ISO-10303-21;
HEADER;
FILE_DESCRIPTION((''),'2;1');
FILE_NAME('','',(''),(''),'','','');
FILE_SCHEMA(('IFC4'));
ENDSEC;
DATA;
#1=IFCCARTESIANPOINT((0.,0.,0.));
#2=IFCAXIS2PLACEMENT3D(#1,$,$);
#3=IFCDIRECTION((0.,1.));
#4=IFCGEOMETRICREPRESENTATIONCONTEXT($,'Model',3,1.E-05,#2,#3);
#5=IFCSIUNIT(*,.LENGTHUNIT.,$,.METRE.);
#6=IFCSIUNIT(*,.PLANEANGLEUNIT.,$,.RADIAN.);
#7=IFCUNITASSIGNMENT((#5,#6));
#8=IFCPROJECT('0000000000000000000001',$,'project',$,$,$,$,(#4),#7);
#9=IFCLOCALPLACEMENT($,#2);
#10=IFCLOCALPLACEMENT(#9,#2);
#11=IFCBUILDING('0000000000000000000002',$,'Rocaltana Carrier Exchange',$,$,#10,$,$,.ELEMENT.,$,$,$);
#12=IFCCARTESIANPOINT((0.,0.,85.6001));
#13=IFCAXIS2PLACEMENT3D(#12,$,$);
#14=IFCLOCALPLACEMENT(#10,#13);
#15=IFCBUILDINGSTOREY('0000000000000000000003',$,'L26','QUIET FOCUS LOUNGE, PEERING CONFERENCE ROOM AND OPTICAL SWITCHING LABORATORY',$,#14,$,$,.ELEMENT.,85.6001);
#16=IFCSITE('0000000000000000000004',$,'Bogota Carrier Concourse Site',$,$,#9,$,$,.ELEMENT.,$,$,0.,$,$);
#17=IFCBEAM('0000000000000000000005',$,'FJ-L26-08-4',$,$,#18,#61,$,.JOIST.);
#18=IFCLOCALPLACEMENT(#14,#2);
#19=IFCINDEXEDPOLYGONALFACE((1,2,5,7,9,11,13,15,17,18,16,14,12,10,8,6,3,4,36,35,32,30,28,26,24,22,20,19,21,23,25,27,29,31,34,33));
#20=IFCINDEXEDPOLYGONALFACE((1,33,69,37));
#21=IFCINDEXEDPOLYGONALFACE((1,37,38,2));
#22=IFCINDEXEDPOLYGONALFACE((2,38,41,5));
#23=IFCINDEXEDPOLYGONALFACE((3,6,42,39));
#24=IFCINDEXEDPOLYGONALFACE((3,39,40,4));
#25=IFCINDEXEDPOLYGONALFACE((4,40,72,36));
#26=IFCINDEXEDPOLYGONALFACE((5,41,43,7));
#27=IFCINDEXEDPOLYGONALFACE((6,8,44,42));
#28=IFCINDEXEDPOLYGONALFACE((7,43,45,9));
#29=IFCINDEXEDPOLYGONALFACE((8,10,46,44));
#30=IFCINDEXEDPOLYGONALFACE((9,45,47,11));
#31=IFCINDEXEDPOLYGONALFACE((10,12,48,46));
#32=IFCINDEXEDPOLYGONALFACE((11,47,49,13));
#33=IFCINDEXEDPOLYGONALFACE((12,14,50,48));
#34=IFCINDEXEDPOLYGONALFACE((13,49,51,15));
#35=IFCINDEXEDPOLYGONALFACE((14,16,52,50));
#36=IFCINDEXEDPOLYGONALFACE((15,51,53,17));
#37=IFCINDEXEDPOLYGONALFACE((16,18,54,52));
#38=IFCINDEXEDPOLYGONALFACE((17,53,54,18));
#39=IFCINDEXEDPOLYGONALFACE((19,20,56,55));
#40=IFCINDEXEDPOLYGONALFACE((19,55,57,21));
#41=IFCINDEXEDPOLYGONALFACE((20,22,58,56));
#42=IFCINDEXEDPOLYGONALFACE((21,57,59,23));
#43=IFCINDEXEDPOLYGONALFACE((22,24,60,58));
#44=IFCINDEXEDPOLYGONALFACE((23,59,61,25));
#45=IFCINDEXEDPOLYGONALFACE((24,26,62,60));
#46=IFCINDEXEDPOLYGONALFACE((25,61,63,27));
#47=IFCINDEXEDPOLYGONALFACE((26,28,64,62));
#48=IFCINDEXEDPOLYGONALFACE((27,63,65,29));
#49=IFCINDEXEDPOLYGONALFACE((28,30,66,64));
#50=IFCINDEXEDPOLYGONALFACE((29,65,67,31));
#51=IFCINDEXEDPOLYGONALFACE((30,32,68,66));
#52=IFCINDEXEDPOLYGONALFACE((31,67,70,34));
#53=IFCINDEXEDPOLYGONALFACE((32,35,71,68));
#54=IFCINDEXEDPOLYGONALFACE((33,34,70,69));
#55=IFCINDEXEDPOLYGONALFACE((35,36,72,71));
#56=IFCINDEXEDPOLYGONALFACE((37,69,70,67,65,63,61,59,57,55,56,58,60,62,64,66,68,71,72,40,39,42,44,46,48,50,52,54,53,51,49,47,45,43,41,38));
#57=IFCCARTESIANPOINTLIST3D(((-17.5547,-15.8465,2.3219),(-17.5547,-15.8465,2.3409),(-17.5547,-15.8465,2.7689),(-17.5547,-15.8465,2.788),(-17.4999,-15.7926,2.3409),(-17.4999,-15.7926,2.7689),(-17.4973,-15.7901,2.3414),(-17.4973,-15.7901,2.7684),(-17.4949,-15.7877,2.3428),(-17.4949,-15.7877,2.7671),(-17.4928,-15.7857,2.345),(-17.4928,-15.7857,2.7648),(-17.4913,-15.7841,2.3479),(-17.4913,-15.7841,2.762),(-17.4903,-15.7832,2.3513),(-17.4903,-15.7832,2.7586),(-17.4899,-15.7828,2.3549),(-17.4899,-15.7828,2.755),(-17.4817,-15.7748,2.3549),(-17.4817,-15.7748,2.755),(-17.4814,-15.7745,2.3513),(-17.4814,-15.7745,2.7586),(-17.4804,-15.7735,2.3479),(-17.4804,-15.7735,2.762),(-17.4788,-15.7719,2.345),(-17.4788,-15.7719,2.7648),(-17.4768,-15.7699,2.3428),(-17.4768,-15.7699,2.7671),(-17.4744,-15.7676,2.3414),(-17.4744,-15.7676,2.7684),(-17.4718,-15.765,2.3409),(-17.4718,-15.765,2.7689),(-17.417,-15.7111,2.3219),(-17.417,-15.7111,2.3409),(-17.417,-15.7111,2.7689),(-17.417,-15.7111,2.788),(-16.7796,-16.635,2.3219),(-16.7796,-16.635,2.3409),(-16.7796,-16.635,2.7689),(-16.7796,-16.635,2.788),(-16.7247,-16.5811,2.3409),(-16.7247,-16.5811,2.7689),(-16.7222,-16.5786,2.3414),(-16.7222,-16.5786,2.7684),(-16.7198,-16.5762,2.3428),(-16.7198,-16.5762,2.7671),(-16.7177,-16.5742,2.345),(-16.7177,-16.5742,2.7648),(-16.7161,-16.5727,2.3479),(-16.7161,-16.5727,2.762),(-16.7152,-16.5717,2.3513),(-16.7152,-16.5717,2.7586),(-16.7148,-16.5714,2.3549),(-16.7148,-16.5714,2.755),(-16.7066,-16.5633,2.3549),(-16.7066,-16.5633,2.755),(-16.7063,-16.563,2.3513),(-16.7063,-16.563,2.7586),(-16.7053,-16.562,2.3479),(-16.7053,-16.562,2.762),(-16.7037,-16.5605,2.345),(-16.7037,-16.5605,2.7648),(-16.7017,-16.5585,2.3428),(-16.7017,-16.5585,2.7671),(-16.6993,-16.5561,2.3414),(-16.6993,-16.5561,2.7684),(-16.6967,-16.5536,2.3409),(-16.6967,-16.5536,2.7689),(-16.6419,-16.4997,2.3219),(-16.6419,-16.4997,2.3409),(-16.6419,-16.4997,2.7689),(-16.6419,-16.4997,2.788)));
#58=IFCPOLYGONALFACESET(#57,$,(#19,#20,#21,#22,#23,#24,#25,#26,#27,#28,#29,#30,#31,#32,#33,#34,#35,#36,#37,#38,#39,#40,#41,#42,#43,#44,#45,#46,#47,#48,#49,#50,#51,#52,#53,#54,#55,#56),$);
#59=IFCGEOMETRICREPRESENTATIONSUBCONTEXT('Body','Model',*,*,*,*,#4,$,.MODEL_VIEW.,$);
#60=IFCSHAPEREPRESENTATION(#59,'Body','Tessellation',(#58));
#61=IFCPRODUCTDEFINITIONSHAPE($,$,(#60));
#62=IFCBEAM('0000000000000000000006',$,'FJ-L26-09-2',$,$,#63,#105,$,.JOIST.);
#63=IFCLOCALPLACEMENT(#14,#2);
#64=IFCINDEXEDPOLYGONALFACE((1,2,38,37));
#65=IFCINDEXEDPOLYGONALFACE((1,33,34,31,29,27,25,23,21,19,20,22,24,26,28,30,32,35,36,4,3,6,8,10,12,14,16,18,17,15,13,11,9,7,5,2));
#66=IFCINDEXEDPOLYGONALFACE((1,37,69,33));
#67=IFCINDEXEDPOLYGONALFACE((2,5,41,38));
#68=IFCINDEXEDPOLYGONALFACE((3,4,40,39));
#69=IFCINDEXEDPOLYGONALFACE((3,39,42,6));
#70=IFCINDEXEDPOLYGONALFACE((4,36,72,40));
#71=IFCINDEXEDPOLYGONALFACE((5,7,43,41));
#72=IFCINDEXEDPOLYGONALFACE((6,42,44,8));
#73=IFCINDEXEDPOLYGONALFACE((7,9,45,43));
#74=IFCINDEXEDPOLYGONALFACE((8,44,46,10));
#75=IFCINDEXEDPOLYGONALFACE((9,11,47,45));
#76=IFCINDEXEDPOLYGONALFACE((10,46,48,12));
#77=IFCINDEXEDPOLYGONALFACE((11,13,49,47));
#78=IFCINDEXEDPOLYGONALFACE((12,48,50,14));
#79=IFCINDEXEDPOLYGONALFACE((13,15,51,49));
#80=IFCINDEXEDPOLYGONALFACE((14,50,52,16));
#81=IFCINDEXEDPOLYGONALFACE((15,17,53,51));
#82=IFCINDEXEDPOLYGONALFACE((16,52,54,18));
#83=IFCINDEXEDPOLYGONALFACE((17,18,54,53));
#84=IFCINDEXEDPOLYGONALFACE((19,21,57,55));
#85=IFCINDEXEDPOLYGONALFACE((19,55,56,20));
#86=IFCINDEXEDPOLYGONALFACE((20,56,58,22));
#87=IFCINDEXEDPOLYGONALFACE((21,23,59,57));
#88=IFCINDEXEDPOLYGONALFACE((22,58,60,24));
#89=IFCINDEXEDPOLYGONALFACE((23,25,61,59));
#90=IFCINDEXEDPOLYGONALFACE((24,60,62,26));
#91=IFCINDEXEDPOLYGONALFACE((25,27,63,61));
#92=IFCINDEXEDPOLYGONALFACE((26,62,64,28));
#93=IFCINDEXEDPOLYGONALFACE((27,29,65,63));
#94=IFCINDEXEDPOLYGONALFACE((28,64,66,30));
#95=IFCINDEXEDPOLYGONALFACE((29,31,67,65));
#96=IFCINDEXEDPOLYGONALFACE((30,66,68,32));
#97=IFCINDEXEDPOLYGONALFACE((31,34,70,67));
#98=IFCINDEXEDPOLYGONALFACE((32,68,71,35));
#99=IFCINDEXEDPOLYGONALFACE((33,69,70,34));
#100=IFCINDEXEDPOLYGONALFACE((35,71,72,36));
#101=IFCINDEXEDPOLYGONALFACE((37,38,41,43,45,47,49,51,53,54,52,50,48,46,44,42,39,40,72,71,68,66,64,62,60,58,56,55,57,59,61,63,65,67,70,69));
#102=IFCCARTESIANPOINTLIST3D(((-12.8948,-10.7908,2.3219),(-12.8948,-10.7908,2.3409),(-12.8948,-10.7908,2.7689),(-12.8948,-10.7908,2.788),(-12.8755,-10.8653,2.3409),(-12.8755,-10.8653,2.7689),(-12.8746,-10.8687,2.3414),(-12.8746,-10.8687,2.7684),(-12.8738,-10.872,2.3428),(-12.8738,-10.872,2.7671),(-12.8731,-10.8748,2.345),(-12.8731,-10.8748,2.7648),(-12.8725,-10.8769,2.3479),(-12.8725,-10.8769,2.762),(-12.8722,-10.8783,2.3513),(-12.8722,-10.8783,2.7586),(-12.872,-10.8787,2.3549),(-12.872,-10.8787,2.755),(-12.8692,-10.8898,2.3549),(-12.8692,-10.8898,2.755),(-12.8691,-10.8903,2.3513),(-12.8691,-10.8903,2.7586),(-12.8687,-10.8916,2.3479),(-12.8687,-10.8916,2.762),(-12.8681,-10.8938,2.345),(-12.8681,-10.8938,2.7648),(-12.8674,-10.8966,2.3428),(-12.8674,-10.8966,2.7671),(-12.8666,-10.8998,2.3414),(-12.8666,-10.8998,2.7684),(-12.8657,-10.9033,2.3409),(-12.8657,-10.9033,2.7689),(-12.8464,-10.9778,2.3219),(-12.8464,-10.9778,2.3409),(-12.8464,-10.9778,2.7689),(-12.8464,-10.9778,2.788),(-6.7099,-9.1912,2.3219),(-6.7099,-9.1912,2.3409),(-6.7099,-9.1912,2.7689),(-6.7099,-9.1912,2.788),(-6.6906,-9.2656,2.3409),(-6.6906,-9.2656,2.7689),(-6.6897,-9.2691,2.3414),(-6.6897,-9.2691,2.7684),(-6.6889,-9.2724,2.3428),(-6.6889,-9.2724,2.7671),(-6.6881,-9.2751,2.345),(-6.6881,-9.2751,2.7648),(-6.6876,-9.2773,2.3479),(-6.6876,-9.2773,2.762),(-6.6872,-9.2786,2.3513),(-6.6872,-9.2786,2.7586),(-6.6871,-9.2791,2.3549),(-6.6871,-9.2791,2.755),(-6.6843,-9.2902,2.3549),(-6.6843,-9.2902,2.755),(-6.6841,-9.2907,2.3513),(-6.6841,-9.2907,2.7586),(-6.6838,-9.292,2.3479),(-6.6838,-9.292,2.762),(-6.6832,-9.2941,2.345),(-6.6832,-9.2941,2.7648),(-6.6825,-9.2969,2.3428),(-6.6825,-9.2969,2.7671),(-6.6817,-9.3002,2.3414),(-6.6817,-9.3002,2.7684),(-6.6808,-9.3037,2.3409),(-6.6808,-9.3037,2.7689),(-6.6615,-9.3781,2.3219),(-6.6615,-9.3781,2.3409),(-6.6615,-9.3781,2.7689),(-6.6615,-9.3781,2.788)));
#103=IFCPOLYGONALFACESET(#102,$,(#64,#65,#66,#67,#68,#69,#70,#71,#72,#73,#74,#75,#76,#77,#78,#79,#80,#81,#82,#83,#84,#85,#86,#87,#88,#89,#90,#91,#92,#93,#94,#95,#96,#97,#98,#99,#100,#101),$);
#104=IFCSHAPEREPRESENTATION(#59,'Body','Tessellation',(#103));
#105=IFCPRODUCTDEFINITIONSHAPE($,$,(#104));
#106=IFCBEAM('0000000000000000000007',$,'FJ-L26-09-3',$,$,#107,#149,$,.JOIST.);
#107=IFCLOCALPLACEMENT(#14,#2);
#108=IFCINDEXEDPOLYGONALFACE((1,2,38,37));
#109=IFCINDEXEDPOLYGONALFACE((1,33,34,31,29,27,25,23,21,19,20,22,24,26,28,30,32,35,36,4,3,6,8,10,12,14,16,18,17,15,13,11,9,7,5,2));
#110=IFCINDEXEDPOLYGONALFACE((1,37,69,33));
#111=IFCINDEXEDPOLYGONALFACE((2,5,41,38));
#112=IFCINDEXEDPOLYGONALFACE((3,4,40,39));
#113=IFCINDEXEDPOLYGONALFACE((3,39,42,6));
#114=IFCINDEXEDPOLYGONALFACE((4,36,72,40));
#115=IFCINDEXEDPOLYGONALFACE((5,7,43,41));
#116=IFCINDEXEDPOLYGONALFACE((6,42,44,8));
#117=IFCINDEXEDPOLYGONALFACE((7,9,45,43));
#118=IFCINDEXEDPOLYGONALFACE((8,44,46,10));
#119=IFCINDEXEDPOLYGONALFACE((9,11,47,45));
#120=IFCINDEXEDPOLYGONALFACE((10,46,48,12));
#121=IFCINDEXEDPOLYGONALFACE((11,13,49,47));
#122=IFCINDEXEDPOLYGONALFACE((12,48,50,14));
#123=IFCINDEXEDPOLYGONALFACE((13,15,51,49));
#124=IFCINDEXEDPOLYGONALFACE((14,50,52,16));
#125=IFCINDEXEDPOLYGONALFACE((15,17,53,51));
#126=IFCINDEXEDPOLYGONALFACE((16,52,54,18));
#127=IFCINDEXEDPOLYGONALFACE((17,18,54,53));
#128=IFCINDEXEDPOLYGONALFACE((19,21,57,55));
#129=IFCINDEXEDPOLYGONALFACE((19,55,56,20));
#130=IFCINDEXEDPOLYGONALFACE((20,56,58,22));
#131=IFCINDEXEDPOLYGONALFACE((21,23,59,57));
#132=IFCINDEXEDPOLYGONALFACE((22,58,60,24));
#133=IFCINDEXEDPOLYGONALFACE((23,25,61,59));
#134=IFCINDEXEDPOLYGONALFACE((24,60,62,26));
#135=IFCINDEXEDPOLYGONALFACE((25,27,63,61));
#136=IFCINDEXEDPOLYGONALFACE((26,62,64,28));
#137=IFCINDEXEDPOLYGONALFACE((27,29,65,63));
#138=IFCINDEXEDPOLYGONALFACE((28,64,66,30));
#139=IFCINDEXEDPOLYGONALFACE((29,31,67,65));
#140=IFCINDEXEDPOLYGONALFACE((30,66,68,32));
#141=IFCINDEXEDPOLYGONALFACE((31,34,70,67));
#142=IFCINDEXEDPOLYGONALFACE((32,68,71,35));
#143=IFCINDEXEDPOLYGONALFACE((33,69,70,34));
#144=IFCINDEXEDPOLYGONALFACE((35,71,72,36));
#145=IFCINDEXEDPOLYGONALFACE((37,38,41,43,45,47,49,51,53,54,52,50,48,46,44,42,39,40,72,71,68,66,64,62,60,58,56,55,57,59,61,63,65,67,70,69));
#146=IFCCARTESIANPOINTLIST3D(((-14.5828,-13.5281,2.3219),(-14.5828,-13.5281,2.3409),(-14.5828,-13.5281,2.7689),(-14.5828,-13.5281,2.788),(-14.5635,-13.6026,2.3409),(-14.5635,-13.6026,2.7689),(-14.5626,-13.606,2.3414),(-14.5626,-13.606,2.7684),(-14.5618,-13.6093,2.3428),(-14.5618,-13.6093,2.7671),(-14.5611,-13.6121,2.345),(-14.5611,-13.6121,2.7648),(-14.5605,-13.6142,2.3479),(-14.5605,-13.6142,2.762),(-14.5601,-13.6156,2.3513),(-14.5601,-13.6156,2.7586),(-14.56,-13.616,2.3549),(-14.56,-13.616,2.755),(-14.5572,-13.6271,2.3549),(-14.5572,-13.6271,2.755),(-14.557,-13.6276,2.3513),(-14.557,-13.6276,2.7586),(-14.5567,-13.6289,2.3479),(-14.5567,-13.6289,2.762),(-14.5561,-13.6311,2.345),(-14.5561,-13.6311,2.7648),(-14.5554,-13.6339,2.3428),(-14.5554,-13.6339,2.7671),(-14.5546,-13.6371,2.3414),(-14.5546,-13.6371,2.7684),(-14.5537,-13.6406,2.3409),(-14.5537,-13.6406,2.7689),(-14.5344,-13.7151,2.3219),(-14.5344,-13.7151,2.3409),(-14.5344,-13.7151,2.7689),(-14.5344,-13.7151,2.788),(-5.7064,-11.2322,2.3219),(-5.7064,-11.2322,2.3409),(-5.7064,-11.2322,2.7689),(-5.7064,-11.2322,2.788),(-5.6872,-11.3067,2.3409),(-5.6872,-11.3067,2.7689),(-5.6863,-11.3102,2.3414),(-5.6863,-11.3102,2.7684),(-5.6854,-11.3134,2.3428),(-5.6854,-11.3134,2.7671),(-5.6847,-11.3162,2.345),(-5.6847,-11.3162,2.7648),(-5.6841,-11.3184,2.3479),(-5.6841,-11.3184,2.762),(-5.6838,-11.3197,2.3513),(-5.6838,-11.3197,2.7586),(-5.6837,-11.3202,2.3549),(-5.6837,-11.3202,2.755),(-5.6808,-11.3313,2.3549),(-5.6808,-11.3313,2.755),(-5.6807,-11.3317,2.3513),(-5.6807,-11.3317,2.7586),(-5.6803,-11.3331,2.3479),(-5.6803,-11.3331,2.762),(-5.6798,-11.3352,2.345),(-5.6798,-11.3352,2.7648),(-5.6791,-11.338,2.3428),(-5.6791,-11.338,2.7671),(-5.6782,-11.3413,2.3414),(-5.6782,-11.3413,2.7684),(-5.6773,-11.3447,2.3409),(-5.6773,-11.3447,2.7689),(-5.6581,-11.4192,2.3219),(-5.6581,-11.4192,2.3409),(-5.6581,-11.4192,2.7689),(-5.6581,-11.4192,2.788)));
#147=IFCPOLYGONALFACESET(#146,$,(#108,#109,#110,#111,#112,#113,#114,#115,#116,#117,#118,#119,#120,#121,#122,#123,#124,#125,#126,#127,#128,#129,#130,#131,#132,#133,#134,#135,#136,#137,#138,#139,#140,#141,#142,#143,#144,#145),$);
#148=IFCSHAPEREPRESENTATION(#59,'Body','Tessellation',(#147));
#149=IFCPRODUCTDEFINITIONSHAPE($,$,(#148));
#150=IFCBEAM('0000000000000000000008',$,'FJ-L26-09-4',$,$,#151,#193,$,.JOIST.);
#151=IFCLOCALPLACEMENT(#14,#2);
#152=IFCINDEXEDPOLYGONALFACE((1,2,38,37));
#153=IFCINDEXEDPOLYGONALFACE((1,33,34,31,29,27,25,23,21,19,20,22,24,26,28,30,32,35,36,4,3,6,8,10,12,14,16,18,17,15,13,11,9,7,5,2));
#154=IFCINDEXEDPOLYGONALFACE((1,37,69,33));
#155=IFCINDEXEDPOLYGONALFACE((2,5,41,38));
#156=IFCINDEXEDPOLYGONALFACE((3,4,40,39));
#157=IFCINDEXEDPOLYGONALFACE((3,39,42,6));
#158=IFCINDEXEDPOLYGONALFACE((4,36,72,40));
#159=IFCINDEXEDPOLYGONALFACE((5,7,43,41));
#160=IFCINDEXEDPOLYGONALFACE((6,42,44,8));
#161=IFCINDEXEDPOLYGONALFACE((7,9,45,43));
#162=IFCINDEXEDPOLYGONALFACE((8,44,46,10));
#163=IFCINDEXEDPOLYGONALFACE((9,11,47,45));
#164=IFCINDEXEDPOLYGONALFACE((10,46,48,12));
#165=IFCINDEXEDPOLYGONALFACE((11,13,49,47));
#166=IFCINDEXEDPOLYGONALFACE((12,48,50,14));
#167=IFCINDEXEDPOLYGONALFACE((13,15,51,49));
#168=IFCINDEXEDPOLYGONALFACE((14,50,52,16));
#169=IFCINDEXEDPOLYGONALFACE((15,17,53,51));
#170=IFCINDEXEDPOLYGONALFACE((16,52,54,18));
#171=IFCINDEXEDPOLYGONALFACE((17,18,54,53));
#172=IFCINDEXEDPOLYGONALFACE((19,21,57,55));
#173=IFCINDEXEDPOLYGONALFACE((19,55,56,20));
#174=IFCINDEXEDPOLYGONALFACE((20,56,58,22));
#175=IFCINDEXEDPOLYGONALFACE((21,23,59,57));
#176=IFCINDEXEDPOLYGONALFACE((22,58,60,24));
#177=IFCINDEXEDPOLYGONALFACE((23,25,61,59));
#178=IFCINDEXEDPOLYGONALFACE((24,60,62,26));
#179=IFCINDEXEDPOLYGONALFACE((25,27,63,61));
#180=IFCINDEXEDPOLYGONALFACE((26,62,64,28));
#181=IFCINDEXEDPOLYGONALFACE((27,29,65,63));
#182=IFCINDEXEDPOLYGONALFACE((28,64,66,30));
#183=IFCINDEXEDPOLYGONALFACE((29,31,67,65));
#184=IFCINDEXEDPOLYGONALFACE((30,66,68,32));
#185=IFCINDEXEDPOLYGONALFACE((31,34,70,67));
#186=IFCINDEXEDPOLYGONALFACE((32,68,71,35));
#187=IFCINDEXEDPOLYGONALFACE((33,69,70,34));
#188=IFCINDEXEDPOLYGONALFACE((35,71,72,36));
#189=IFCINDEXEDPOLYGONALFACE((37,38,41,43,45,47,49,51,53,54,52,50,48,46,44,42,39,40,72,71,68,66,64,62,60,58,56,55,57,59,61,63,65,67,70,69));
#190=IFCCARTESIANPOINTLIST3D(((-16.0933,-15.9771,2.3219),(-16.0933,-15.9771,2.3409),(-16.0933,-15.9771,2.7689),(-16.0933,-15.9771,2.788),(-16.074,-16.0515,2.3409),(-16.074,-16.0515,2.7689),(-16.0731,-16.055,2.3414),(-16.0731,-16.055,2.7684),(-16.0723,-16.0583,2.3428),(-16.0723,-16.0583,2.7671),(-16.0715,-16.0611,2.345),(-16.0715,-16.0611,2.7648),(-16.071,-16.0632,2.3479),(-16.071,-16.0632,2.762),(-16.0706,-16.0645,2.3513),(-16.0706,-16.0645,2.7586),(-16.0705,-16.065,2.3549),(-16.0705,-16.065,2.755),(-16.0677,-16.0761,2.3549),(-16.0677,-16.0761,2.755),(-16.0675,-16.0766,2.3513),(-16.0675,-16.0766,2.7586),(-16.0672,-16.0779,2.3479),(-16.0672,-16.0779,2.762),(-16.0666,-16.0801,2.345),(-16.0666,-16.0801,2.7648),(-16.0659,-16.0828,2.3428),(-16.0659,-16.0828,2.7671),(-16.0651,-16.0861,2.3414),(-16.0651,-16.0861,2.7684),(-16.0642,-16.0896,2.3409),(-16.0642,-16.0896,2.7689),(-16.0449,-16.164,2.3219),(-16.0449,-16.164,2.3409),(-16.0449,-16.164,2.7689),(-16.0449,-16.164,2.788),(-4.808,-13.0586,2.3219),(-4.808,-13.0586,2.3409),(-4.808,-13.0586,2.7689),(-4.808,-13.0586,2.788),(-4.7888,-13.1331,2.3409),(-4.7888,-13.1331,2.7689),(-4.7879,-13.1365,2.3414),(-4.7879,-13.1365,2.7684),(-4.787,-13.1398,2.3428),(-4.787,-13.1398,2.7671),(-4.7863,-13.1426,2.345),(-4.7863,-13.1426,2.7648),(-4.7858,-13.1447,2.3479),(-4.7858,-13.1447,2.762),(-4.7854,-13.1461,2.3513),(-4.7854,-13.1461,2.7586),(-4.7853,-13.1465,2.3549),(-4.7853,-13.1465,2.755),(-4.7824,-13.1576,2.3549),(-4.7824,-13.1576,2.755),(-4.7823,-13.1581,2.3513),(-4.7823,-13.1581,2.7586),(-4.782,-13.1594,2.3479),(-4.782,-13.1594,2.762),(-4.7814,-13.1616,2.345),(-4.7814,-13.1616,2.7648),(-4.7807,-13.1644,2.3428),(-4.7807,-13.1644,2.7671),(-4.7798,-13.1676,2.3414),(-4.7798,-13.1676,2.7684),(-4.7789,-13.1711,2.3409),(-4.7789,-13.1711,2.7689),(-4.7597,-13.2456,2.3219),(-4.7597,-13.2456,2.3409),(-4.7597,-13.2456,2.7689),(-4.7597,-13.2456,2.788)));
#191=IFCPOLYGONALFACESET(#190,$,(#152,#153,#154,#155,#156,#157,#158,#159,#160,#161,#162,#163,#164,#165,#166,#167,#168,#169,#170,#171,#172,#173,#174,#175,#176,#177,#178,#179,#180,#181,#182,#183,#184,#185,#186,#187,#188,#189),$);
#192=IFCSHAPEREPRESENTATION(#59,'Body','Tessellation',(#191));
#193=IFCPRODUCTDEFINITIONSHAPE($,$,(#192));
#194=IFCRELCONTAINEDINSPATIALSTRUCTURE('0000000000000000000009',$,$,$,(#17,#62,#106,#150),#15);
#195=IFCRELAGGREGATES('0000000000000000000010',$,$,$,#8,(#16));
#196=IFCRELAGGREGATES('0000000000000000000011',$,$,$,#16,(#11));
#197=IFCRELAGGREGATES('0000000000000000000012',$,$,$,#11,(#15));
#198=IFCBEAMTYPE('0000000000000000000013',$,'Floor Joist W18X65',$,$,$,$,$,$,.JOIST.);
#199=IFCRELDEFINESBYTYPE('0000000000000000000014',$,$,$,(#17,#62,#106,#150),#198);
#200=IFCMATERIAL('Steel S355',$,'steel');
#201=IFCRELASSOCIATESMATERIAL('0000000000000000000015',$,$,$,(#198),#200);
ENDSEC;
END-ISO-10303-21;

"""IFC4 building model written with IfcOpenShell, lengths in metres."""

from ifc_helpers import new_model, si_unit, direction, frame, origin, origin_2d, place, context, subcontext, project, spatial, i_section, extrude, material, material_profile, profile_set, type_object, element, save


model = new_model("IFC4")

# Units and contexts
model_context = context("Model", 3, precision=1e-05, world=origin(), true_north=direction((0.0, 1.0)))
body_context = subcontext(model_context, "Body", "Model", "MODEL_VIEW")
ifc_project = project(units=[si_unit("LENGTHUNIT", "METRE"), si_unit("PLANEANGLEUNIT", "RADIAN")], contexts=[model_context])

# Site, building, storey
site_placement = place(None, origin())
site = spatial("IfcSite", under=ifc_project, at=site_placement, Name="Bogota Carrier Concourse Site", CompositionType="ELEMENT", RefElevation=0.0)
building_placement = place(site_placement, origin())
building = spatial("IfcBuilding", under=site, at=building_placement, Name="Rocaltana Carrier Exchange", CompositionType="ELEMENT")
storey_placement = place(building_placement, frame((0.0, 0.0, 85.6001)))
storey = spatial("IfcBuildingStorey", under=building, at=storey_placement, Name="L26", Description="QUIET FOCUS LOUNGE, PEERING CONFERENCE ROOM AND OPTICAL SWITCHING LABORATORY", CompositionType="ELEMENT", Elevation=85.6001)

# Beams
ifc_material_1 = material(Name="Steel S355", Category="steel")
ifc_material_profile_1 = material_profile(ifc_material_1, i_section(OverallWidth=0.1931, OverallDepth=0.4661, WebThickness=0.0115, FlangeThickness=0.019, FilletRadius=0.0139, at=origin_2d()), Name="W18X65")
ifc_profile_set_1 = profile_set([ifc_material_profile_1], Name="Steel S355")
beam_type_1 = type_object("IfcBeamType", Name="Floor Joist W18X65", PredefinedType="JOIST", material=ifc_profile_set_1)
beam_1_placement = place(storey_placement, frame((-17.4858, -15.7788, 2.5549), z_axis=(0.701009, -0.713152, 0.0), x_axis=(0.713152, 0.701009, 0.0)))
element("IfcBeam", 1, at=beam_1_placement, inside=storey, type_object=beam_type_1, Name="FJ-L26-08-4", PredefinedType="JOIST", context=body_context, shape_type="SweptSolid", body=[
    extrude(i_section(OverallWidth=0.1931, OverallDepth=0.4661, WebThickness=0.0115, FlangeThickness=0.019, FilletRadius=0.0139, at=origin_2d()), origin(), (0.0, 0.0, 1.0), 1.1057),
])
beam_2_placement = place(storey_placement, frame((-12.8706, -10.8843, 2.5549), z_axis=(0.968144, 0.250396, 0.0), x_axis=(-0.250396, 0.968144, 0.0)))
element("IfcBeam", 2, at=beam_2_placement, inside=storey, type_object=beam_type_1, Name="FJ-L26-09-2", PredefinedType="JOIST", context=body_context, shape_type="SweptSolid", body=[
    extrude(i_section(OverallWidth=0.1931, OverallDepth=0.4661, WebThickness=0.0115, FlangeThickness=0.019, FilletRadius=0.0139, at=origin_2d()), origin(), (0.0, 0.0, 1.0), 6.3884),
])
beam_3_placement = place(storey_placement, frame((-14.5586, -13.6216, 2.5549), z_axis=(0.96814, 0.25041, 0.0), x_axis=(-0.25041, 0.96814, 0.0)))
element("IfcBeam", 3, at=beam_3_placement, inside=storey, type_object=beam_type_1, Name="FJ-L26-09-3", PredefinedType="JOIST", context=body_context, shape_type="SweptSolid", body=[
    extrude(i_section(OverallWidth=0.1931, OverallDepth=0.4661, WebThickness=0.0115, FlangeThickness=0.019, FilletRadius=0.0139, at=origin_2d()), origin(), (0.0, 0.0, 1.0), 9.1685),
])
beam_4_placement = place(storey_placement, frame((-16.0691, -16.0706, 2.5549), z_axis=(0.968149, 0.250373, 0.0), x_axis=(-0.250373, 0.968149, 0.0)))
element("IfcBeam", 4, at=beam_4_placement, inside=storey, type_object=beam_type_1, Name="FJ-L26-09-4", PredefinedType="JOIST", context=body_context, shape_type="SweptSolid", body=[
    extrude(i_section(OverallWidth=0.1931, OverallDepth=0.4661, WebThickness=0.0115, FlangeThickness=0.019, FilletRadius=0.0139, at=origin_2d()), origin(), (0.0, 0.0, 1.0), 11.6565),
])

save(model, "model.ifc")
